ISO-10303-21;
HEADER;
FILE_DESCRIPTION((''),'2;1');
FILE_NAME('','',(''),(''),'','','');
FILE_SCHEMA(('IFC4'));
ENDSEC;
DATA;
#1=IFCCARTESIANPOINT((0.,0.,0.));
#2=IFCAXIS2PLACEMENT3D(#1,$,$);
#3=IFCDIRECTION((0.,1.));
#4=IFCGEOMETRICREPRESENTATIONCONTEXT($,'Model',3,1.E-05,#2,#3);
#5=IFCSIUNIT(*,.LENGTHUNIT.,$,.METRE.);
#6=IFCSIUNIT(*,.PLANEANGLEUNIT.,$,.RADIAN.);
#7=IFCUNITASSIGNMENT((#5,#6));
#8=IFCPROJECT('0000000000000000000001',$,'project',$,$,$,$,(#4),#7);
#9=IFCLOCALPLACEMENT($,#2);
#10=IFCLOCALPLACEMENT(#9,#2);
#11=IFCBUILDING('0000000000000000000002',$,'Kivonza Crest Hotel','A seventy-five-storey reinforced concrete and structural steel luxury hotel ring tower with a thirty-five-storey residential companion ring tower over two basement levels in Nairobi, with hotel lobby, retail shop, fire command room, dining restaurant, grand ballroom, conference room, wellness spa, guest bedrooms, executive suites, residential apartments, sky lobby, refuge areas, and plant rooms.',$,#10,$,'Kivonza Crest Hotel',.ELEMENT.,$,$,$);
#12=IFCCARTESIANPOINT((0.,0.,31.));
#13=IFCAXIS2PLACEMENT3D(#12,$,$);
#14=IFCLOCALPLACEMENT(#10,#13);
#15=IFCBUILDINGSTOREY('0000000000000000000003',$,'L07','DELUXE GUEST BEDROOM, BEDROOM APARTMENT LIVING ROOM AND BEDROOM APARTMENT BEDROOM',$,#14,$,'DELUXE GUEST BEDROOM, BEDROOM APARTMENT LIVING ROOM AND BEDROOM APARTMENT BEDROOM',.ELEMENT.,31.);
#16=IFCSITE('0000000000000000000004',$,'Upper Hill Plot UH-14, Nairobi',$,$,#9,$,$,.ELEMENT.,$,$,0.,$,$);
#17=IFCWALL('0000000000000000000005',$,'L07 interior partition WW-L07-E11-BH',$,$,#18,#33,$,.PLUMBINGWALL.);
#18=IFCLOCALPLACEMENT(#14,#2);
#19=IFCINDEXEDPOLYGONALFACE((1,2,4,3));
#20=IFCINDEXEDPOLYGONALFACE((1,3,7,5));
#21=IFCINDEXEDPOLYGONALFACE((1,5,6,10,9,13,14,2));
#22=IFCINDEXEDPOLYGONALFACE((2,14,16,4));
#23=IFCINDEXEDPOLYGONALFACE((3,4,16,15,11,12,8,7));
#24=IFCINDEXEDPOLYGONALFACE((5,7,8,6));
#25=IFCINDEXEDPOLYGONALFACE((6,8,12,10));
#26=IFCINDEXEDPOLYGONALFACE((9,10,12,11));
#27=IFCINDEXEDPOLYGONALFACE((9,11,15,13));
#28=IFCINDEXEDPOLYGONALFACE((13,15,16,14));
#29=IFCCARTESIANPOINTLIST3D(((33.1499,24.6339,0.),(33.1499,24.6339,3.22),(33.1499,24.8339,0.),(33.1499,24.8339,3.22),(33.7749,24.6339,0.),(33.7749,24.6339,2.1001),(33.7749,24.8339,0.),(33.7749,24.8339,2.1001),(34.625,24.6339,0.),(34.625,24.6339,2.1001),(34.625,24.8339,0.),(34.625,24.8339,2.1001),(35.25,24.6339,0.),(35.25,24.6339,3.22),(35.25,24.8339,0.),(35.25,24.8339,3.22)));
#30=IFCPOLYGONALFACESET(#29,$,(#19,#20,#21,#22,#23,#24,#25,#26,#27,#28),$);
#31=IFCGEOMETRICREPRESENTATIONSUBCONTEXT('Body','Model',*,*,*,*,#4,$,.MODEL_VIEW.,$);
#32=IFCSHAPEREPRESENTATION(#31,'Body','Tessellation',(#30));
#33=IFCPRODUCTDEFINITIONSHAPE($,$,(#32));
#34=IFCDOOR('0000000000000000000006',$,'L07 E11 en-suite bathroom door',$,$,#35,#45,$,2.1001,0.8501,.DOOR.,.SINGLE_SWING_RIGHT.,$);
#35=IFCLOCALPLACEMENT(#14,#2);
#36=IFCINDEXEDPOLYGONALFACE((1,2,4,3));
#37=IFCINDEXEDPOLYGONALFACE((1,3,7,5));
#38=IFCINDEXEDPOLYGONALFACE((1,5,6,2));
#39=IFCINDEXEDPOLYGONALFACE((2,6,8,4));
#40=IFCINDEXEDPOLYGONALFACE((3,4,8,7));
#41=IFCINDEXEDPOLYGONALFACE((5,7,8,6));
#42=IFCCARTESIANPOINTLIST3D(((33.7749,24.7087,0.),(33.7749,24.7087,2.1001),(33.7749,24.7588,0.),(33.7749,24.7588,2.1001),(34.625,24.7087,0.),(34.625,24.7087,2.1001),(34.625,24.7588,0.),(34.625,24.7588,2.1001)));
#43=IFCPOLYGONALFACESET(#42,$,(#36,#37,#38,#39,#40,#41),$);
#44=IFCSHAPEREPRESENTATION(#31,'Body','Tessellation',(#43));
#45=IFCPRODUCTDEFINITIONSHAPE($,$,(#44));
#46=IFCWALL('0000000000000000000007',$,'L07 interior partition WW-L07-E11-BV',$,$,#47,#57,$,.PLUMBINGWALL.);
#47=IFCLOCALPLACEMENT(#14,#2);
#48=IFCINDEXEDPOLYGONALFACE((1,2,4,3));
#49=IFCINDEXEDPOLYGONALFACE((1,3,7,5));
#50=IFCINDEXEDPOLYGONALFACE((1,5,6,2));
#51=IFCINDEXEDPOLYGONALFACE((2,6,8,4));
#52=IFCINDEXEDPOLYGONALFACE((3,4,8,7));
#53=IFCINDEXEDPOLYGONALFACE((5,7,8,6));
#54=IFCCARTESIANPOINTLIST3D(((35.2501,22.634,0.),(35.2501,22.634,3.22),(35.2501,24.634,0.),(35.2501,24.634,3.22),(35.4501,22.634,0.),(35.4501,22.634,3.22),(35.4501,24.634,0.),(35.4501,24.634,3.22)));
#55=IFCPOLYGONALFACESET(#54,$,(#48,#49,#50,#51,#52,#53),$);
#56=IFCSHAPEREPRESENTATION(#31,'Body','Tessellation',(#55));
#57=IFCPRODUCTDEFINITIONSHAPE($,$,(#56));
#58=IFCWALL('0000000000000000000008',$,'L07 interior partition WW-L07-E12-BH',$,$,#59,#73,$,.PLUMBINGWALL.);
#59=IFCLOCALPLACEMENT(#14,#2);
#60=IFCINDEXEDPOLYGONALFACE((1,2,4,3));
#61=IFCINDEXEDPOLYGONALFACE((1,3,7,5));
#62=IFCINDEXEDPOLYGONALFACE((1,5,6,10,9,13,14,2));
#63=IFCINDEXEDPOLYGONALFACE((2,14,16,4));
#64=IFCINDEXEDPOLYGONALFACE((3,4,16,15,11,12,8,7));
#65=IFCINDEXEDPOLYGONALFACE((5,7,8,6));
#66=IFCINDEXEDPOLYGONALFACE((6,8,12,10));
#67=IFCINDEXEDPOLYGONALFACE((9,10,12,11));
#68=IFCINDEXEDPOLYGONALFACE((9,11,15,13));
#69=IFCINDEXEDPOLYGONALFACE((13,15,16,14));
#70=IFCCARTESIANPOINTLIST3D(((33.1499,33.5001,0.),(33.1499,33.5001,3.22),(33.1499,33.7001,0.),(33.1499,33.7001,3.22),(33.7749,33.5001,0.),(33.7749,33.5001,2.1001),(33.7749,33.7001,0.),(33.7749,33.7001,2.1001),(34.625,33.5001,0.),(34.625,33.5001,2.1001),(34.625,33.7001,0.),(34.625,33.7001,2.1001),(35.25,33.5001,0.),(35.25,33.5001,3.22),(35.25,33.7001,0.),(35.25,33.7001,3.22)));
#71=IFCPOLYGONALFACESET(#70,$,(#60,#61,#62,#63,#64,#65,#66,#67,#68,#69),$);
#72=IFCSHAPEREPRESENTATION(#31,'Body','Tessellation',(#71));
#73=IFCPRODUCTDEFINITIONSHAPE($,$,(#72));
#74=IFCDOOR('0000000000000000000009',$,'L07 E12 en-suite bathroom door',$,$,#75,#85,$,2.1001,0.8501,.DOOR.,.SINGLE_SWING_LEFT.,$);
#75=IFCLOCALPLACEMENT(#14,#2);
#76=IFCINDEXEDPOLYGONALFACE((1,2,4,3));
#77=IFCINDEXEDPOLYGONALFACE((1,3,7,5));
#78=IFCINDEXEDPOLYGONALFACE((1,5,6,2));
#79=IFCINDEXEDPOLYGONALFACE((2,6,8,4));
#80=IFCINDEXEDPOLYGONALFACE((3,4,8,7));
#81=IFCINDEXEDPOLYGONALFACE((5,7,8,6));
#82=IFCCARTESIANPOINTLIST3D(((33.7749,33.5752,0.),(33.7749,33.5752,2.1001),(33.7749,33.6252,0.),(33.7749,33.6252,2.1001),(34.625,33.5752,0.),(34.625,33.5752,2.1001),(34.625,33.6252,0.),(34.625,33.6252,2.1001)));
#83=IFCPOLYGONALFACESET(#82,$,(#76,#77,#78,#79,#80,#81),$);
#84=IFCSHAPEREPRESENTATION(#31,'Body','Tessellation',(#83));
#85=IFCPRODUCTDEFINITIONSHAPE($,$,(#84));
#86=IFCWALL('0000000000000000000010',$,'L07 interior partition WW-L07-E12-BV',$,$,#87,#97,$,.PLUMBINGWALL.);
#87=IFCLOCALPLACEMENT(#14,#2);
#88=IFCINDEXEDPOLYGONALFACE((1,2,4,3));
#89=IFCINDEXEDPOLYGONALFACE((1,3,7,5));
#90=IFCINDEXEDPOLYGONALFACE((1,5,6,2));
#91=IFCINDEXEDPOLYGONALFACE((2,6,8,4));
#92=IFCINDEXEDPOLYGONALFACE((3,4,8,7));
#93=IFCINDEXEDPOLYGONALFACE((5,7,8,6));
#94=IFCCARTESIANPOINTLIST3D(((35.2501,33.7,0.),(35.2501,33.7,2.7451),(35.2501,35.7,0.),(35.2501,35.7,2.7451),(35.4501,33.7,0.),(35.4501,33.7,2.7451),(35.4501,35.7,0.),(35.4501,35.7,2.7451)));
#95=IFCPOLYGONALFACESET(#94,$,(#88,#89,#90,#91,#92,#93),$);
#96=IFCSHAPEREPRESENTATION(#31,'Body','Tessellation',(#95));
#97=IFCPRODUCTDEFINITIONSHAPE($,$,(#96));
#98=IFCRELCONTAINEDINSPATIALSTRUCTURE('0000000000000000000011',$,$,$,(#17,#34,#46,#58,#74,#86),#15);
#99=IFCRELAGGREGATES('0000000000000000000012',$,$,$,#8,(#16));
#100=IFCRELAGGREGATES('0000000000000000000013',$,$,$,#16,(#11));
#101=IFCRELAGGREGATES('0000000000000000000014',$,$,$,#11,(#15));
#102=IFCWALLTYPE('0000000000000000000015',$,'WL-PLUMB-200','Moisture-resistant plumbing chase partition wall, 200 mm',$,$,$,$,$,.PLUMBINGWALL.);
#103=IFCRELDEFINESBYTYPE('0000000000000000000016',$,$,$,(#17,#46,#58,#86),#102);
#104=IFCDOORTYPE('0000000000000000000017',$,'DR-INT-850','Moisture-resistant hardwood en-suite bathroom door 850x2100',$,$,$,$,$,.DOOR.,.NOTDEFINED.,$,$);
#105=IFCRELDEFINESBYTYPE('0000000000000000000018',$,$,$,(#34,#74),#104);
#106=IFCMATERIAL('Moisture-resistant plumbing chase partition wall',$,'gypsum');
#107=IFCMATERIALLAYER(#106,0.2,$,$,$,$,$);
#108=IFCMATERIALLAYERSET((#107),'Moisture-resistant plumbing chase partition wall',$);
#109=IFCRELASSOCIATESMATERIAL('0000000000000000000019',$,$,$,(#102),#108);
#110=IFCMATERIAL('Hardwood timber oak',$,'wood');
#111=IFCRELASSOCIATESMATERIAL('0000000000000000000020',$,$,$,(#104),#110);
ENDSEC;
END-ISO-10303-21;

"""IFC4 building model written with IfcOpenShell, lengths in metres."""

from ifc_helpers import new_model, si_unit, direction, frame, frame_2d, origin, place, context, subcontext, project, spatial, rectangle, extrude, material, layer, layer_set, type_object, element, fill, save


model = new_model("IFC4")

# Units and contexts
model_context = context("Model", 3, precision=1e-05, world=origin(), true_north=direction((0.0, 1.0)))
body_context = subcontext(model_context, "Body", "Model", "MODEL_VIEW")
ifc_project = project(units=[si_unit("LENGTHUNIT", "METRE"), si_unit("PLANEANGLEUNIT", "RADIAN")], contexts=[model_context])

# Site, building, storey
site_placement = place(None, origin())
site = spatial("IfcSite", under=ifc_project, at=site_placement, Name="Upper Hill Plot UH-14, Nairobi", CompositionType="ELEMENT", RefElevation=0.0)
building_placement = place(site_placement, origin())
building = spatial("IfcBuilding", under=site, at=building_placement, Name="Kivonza Crest Hotel", Description="A seventy-five-storey reinforced concrete and structural steel luxury hotel ring tower with a thirty-five-storey residential companion ring tower over two basement levels in Nairobi, with hotel lobby, retail shop, fire command room, dining restaurant, grand ballroom, conference room, wellness spa, guest bedrooms, executive suites, residential apartments, sky lobby, refuge areas, and plant rooms.", LongName="Kivonza Crest Hotel", CompositionType="ELEMENT")
storey_placement = place(building_placement, frame((0.0, 0.0, 31.0)))
storey = spatial("IfcBuildingStorey", under=building, at=storey_placement, Name="L07", Description="DELUXE GUEST BEDROOM, BEDROOM APARTMENT LIVING ROOM AND BEDROOM APARTMENT BEDROOM", LongName="DELUXE GUEST BEDROOM, BEDROOM APARTMENT LIVING ROOM AND BEDROOM APARTMENT BEDROOM", CompositionType="ELEMENT", Elevation=31.0)

# Shared definitions
ifc_material_1 = material(Name="Hardwood timber oak", Category="wood")

# Wall, opening, door
ifc_material_2 = material(Name="Moisture-resistant plumbing chase partition wall", Category="gypsum")
ifc_layer_1 = layer(ifc_material_2, 0.2)
ifc_layer_set_1 = layer_set([ifc_layer_1], Name="Moisture-resistant plumbing chase partition wall")
wall_type_1 = type_object("IfcWallType", Name="WL-PLUMB-200", Description="Moisture-resistant plumbing chase partition wall, 200 mm", PredefinedType="PLUMBINGWALL", material=ifc_layer_set_1)
wall_1_placement = place(storey_placement, frame((33.1499, 24.7339, 0.0), z_axis=(0.0, 0.0, 1.0), x_axis=(1.0, 0.0, 0.0)))
wall_1 = element("IfcWall", 1, at=wall_1_placement, inside=storey, type_object=wall_type_1, Name="L07 interior partition WW-L07-E11-BH", PredefinedType="PLUMBINGWALL", context=body_context, shape_type="SweptSolid", body=[
    extrude(rectangle(XDim=2.1001, YDim=0.2, at=frame_2d((1.05, 0.0))), origin(), (0.0, 0.0, 1.0), 3.22),
])
opening_1_placement = place(wall_1_placement, frame((0.625, 0.0, 0.0)))
opening_1 = element("IfcOpeningElement", 2, at=opening_1_placement, cuts=wall_1, PredefinedType="OPENING", context=body_context, shape_type="SweptSolid", body=[
    extrude(rectangle(XDim=0.8501, YDim=2.1001, at=frame_2d((0.425, 1.05))), frame((0.0, 0.1099, 0.0), z_axis=(0.0, -1.0, 0.0), x_axis=(1.0, 0.0, 0.0)), (0.0, 0.0, 1.0), 0.22),
])
door_type_1 = type_object("IfcDoorType", Name="DR-INT-850", Description="Moisture-resistant hardwood en-suite bathroom door 850x2100", OperationType="NOTDEFINED", PredefinedType="DOOR", material=ifc_material_1)
door_1_placement = place(opening_1_placement, origin())
door_1 = element("IfcDoor", 3, at=door_1_placement, inside=storey, type_object=door_type_1, Name="L07 E11 en-suite bathroom door", OperationType="SINGLE_SWING_RIGHT", OverallHeight=2.1001, OverallWidth=0.8501, PredefinedType="DOOR", context=body_context, shape_type="SweptSolid", body=[
    extrude(rectangle(XDim=0.8501, YDim=2.1001, at=frame_2d((0.425, 1.05))), frame((0.0, 0.0249, 0.0), z_axis=(0.0, -1.0, 0.0), x_axis=(1.0, 0.0, 0.0)), (0.0, 0.0, 1.0), 0.05),
])
fill(opening_1, door_1)

# Wall
wall_2_placement = place(storey_placement, frame((35.3501, 22.634, 0.0), z_axis=(0.0, 0.0, 1.0), x_axis=(0.0, 1.0, 0.0)))
element("IfcWall", 4, at=wall_2_placement, inside=storey, type_object=wall_type_1, Name="L07 interior partition WW-L07-E11-BV", PredefinedType="PLUMBINGWALL", context=body_context, shape_type="SweptSolid", body=[
    extrude(rectangle(XDim=2.0, YDim=0.2, at=frame_2d((1.0, 0.0))), origin(), (0.0, 0.0, 1.0), 3.22),
])

# Wall, opening, door
wall_3_placement = place(storey_placement, frame((33.1499, 33.6001, 0.0), z_axis=(0.0, 0.0, 1.0), x_axis=(1.0, 0.0, 0.0)))
wall_3 = element("IfcWall", 5, at=wall_3_placement, inside=storey, type_object=wall_type_1, Name="L07 interior partition WW-L07-E12-BH", PredefinedType="PLUMBINGWALL", context=body_context, shape_type="SweptSolid", body=[
    extrude(rectangle(XDim=2.1001, YDim=0.2, at=frame_2d((1.05, 0.0))), origin(), (0.0, 0.0, 1.0), 3.22),
])
opening_2_placement = place(wall_3_placement, frame((0.625, 0.0, 0.0)))
opening_2 = element("IfcOpeningElement", 6, at=opening_2_placement, cuts=wall_3, PredefinedType="OPENING", context=body_context, shape_type="SweptSolid", body=[
    extrude(rectangle(XDim=0.8501, YDim=2.1001, at=frame_2d((0.425, 1.05))), frame((0.0, 0.1099, 0.0), z_axis=(0.0, -1.0, 0.0), x_axis=(1.0, 0.0, 0.0)), (0.0, 0.0, 1.0), 0.22),
])
door_2_placement = place(opening_2_placement, frame((0.8501, 0.0, 0.0), z_axis=(0.0, 0.0, 1.0), x_axis=(-1.0, 0.0, 0.0)))
door_2 = element("IfcDoor", 7, at=door_2_placement, inside=storey, type_object=door_type_1, Name="L07 E12 en-suite bathroom door", OperationType="SINGLE_SWING_LEFT", OverallHeight=2.1001, OverallWidth=0.8501, PredefinedType="DOOR", context=body_context, shape_type="SweptSolid", body=[
    extrude(rectangle(XDim=0.8501, YDim=2.1001, at=frame_2d((0.425, 1.05))), frame((0.0, 0.0249, 0.0), z_axis=(0.0, -1.0, 0.0), x_axis=(1.0, 0.0, 0.0)), (0.0, 0.0, 1.0), 0.05),
])
fill(opening_2, door_2)

# Wall
wall_4_placement = place(storey_placement, frame((35.3501, 33.7, 0.0), z_axis=(0.0, 0.0, 1.0), x_axis=(0.0, 1.0, 0.0)))
element("IfcWall", 8, at=wall_4_placement, inside=storey, type_object=wall_type_1, Name="L07 interior partition WW-L07-E12-BV", PredefinedType="PLUMBINGWALL", context=body_context, shape_type="SweptSolid", body=[
    extrude(rectangle(XDim=2.0, YDim=0.2, at=frame_2d((1.0, 0.0))), origin(), (0.0, 0.0, 1.0), 2.7451),
])

save(model, "model.ifc")
